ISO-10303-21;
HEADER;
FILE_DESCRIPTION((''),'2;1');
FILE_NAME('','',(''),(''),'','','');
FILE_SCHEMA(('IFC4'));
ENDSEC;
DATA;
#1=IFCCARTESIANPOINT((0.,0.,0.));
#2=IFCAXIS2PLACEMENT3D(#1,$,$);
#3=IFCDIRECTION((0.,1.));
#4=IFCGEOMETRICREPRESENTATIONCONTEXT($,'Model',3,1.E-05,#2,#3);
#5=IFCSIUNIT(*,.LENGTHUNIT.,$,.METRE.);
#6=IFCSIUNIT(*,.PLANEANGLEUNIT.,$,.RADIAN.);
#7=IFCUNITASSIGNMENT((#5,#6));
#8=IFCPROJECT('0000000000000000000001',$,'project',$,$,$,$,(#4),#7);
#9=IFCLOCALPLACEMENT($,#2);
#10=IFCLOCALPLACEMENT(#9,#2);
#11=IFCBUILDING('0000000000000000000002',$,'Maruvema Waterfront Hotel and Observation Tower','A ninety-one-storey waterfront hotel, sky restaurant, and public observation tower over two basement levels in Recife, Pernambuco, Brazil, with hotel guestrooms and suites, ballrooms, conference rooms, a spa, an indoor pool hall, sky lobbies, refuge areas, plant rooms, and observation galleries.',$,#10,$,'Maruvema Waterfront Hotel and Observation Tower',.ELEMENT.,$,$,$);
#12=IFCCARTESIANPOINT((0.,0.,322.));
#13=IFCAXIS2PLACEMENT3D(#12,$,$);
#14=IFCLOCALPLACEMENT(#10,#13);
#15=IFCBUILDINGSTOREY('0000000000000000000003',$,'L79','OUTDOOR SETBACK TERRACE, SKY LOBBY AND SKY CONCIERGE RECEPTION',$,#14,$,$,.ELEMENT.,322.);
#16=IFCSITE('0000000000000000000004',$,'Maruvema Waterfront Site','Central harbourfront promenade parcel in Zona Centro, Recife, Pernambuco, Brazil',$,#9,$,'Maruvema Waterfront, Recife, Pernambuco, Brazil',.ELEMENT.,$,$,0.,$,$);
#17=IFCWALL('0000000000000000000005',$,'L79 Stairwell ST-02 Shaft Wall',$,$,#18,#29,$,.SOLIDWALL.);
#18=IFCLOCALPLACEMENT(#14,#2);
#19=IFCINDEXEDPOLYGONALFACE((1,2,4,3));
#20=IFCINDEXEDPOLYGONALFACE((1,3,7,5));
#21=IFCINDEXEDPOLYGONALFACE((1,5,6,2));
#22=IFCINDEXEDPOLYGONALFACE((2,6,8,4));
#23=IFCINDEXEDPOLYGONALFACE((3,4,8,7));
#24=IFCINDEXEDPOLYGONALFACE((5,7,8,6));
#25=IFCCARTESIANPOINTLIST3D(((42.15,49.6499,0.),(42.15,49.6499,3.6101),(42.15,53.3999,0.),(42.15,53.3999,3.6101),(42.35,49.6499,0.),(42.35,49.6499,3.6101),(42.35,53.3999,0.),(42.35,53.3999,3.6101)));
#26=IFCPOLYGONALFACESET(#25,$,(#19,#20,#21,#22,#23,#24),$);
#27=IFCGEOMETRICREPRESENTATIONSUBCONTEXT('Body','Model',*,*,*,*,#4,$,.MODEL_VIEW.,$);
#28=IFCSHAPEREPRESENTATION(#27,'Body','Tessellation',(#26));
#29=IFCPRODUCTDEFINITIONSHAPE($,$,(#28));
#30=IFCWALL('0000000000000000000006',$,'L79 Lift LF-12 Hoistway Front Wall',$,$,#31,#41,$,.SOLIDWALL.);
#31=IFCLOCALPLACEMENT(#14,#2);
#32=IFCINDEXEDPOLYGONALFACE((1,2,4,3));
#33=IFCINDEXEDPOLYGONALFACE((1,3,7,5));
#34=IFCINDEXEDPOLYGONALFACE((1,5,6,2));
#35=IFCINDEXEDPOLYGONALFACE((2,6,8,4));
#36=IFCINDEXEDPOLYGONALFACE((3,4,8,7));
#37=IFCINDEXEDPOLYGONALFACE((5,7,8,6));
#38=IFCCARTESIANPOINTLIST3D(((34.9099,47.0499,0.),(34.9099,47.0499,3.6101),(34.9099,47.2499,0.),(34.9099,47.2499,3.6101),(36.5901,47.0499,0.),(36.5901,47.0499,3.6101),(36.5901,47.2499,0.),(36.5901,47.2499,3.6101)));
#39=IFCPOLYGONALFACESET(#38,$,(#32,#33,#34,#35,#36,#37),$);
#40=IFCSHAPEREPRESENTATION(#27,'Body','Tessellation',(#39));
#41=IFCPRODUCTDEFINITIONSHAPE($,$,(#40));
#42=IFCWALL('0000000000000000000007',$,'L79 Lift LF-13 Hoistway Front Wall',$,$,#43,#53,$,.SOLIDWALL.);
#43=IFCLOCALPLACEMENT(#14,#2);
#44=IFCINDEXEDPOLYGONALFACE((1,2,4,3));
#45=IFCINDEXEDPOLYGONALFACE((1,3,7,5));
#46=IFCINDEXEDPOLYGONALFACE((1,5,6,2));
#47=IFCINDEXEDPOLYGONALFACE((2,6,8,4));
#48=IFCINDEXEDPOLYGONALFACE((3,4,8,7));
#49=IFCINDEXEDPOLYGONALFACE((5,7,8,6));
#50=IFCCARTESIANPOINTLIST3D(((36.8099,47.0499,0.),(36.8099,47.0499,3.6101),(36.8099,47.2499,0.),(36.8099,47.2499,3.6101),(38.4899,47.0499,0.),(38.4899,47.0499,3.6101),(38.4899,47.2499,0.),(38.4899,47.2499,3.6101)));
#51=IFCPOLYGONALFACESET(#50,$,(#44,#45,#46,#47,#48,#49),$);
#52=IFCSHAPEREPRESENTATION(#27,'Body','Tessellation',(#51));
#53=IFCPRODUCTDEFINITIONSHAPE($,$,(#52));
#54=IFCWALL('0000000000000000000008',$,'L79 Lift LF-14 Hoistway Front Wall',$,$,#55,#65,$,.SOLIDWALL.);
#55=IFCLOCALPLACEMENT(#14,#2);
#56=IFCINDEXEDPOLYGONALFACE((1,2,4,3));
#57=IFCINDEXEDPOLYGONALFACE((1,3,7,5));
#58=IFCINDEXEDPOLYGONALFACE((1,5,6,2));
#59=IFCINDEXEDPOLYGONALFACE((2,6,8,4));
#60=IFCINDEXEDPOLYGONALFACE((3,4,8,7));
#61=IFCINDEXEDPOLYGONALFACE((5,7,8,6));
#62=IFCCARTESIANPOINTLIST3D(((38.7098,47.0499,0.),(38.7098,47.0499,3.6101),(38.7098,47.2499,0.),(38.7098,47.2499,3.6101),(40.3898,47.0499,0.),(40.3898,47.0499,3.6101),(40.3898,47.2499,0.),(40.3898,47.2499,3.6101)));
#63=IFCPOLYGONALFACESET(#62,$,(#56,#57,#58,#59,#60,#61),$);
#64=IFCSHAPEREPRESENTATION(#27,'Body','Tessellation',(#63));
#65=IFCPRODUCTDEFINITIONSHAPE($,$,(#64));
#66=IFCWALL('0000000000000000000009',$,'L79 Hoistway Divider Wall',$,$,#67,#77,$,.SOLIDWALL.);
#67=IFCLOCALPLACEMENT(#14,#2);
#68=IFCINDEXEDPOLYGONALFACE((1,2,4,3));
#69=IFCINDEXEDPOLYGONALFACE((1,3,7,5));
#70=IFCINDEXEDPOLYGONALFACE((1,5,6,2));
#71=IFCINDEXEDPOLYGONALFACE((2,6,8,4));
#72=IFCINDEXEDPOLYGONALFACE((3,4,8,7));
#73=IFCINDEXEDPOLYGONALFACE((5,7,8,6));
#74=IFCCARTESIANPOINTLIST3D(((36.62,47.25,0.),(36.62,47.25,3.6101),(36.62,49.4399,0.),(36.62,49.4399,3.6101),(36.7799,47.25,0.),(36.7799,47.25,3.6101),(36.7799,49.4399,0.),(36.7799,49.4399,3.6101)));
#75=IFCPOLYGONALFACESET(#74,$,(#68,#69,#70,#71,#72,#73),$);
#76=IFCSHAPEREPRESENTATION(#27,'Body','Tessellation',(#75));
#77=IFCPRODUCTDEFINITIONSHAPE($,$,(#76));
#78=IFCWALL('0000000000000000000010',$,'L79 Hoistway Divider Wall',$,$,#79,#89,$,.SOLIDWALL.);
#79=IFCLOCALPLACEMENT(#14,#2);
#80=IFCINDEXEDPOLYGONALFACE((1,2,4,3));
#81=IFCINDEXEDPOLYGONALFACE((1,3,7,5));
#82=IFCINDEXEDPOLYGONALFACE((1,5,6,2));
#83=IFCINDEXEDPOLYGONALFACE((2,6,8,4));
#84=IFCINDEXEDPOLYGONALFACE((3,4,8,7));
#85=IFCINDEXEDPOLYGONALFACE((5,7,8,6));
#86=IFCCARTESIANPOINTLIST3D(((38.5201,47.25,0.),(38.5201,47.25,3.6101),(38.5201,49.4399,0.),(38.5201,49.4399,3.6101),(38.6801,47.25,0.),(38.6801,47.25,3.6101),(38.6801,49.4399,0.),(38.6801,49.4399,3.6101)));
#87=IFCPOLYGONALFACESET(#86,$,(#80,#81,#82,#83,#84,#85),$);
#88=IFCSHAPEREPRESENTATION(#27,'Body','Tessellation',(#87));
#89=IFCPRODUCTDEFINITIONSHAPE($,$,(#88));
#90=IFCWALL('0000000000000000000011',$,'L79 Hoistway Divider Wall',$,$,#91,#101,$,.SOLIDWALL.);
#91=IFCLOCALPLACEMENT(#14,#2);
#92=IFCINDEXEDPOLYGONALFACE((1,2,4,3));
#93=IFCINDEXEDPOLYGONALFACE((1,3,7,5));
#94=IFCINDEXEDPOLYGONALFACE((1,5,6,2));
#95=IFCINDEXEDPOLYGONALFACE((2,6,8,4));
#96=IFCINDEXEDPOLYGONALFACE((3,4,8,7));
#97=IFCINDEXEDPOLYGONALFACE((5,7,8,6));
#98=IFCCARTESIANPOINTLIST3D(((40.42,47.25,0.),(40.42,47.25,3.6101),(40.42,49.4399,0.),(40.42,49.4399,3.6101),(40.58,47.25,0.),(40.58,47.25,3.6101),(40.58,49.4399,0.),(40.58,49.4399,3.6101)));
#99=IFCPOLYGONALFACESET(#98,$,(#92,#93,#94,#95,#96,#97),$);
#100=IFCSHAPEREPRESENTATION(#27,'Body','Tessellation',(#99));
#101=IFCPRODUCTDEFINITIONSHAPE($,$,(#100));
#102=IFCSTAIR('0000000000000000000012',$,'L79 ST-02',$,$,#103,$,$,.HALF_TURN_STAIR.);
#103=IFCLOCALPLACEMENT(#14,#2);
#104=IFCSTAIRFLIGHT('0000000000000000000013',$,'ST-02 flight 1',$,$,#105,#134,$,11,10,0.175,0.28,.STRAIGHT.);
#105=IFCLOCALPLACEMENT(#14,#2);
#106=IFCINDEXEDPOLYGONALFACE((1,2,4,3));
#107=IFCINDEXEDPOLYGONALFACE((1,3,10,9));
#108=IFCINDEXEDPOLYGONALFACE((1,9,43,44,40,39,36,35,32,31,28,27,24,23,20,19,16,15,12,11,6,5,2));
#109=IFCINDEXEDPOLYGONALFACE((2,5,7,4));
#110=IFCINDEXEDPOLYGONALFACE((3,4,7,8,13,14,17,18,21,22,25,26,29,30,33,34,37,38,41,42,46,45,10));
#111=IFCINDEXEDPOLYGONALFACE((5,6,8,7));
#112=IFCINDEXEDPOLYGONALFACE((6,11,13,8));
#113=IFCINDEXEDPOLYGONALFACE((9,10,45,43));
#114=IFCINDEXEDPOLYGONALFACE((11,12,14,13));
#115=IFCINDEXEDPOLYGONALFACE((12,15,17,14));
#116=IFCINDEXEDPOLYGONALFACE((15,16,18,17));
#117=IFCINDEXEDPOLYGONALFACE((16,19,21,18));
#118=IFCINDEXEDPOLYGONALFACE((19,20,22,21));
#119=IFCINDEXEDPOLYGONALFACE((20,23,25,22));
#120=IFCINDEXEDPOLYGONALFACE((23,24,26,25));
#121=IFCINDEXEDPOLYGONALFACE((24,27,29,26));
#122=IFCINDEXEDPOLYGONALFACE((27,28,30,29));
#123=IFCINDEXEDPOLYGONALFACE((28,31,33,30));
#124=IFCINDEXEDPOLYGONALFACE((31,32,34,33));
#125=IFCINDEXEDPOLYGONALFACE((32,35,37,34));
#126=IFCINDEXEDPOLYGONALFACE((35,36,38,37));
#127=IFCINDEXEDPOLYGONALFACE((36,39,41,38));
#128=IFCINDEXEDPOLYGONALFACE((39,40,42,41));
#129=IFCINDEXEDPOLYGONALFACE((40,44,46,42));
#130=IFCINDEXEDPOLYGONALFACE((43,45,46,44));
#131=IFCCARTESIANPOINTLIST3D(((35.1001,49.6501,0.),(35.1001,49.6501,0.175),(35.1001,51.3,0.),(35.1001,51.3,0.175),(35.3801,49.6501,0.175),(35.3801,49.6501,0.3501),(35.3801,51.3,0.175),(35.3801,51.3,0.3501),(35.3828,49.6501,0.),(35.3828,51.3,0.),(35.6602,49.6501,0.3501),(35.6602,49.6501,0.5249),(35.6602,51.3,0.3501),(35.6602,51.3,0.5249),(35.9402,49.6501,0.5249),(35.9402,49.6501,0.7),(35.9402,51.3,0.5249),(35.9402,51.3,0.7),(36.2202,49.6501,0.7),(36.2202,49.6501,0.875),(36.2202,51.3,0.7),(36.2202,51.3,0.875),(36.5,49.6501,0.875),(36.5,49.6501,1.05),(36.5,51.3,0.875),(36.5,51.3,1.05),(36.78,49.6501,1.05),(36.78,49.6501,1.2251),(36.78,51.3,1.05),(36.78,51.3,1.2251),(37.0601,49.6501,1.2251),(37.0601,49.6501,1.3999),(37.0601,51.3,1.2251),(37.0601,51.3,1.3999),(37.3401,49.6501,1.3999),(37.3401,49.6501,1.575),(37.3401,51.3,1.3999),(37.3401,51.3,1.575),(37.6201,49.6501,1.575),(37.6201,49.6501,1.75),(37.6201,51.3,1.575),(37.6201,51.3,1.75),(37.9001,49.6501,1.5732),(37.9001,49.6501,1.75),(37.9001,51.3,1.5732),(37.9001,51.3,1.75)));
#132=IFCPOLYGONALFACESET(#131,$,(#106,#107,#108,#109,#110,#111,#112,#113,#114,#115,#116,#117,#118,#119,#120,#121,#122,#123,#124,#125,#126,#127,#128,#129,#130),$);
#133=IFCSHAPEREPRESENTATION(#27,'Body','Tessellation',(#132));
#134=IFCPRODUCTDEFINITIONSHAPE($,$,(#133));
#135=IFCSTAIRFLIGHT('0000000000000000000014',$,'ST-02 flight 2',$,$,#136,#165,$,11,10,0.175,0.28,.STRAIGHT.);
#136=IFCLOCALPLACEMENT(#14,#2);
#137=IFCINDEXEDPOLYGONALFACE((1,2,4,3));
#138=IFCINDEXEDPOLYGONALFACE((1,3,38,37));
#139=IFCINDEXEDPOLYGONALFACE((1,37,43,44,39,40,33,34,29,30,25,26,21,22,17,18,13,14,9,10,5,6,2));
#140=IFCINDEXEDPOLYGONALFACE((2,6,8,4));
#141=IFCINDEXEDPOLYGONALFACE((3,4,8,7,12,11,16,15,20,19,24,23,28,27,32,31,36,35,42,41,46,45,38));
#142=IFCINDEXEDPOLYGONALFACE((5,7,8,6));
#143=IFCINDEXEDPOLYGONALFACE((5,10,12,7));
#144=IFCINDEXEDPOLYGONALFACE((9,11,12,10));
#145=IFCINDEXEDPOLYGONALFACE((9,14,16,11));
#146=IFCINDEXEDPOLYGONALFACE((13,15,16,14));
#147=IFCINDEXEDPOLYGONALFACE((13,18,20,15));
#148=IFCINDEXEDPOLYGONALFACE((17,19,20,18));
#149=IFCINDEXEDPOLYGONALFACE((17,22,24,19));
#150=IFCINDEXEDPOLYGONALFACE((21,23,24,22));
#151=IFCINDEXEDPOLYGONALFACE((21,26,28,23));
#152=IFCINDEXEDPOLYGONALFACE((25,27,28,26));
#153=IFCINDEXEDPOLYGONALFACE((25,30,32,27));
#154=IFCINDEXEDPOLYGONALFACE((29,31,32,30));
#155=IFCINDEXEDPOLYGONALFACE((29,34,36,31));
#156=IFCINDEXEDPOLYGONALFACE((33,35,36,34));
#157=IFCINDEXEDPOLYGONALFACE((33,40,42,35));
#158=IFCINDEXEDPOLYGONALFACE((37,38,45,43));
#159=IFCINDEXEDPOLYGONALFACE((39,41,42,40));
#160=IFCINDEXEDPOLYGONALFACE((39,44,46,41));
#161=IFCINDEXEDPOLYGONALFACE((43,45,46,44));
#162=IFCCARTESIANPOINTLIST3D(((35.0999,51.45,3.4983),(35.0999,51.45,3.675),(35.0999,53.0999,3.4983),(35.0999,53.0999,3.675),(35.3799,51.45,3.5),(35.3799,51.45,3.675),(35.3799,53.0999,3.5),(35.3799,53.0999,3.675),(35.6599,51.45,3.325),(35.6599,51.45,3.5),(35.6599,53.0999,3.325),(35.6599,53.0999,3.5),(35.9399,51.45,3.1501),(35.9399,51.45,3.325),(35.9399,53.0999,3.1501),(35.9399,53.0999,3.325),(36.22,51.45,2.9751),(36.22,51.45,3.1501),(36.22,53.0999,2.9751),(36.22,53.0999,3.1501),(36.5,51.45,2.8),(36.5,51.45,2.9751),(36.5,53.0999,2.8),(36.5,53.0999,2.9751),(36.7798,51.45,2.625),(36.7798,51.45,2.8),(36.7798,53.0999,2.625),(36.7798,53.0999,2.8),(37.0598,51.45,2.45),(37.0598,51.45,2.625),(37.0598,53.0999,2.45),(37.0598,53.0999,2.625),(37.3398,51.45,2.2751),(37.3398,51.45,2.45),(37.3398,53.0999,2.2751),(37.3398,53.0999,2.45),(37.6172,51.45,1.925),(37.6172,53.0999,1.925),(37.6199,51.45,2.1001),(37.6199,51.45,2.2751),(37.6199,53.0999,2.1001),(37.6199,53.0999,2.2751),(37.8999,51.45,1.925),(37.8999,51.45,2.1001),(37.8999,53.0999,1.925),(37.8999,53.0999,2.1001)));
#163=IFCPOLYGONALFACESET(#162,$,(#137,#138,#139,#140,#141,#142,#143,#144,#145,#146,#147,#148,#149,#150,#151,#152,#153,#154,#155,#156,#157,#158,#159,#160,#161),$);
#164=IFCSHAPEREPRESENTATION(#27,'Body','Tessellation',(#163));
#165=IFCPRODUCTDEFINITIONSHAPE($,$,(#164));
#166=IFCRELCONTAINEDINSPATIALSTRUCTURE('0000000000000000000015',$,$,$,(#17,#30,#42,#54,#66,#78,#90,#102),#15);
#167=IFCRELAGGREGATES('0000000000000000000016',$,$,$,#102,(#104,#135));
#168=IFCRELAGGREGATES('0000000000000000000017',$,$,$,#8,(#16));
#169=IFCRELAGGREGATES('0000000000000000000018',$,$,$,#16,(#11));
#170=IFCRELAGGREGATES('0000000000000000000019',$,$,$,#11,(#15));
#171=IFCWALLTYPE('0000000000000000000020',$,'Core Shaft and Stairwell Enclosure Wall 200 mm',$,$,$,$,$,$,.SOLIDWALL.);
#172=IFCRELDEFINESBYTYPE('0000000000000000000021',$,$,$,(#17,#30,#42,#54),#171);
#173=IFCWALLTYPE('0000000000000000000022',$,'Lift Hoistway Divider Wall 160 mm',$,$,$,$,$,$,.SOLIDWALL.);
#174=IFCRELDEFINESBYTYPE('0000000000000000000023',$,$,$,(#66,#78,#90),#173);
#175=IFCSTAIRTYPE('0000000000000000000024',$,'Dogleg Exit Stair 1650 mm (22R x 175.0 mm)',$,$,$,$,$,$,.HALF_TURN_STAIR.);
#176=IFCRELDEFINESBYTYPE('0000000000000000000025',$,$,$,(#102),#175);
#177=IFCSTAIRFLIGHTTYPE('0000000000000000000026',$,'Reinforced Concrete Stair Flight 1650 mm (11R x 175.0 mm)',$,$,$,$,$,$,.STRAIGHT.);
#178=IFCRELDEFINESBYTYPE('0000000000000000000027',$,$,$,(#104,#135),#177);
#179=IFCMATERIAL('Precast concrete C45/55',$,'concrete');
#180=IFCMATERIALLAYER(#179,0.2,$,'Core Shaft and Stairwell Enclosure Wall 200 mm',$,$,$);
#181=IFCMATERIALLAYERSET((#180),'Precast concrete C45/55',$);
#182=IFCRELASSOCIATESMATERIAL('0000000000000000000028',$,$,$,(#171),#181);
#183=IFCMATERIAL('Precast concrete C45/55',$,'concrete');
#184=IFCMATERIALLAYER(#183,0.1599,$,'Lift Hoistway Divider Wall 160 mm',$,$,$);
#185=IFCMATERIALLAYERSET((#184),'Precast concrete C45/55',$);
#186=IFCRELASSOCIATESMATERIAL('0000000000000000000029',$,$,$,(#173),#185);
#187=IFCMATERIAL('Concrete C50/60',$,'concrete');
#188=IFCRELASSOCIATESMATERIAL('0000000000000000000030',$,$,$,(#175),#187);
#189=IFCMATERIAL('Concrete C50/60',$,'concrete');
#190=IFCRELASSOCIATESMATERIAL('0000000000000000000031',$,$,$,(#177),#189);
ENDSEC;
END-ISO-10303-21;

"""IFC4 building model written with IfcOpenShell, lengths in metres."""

from ifc_helpers import new_model, si_unit, direction, frame, frame_2d, origin, place, context, subcontext, project, spatial, polyline, rectangle, outline, extrude, material, layer, layer_set, type_object, element, aggregate, save


model = new_model("IFC4")

# Units and contexts
model_context = context("Model", 3, precision=1e-05, world=origin(), true_north=direction((0.0, 1.0)))
body_context = subcontext(model_context, "Body", "Model", "MODEL_VIEW")
ifc_project = project(units=[si_unit("LENGTHUNIT", "METRE"), si_unit("PLANEANGLEUNIT", "RADIAN")], contexts=[model_context])

# Site, building, storey
site_placement = place(None, origin())
site = spatial("IfcSite", under=ifc_project, at=site_placement, Name="Maruvema Waterfront Site", Description="Central harbourfront promenade parcel in Zona Centro, Recife, Pernambuco, Brazil", LongName="Maruvema Waterfront, Recife, Pernambuco, Brazil", CompositionType="ELEMENT", RefElevation=0.0)
building_placement = place(site_placement, origin())
building = spatial("IfcBuilding", under=site, at=building_placement, Name="Maruvema Waterfront Hotel and Observation Tower", Description="A ninety-one-storey waterfront hotel, sky restaurant, and public observation tower over two basement levels in Recife, Pernambuco, Brazil, with hotel guestrooms and suites, ballrooms, conference rooms, a spa, an indoor pool hall, sky lobbies, refuge areas, plant rooms, and observation galleries.", LongName="Maruvema Waterfront Hotel and Observation Tower", CompositionType="ELEMENT")
storey_placement = place(building_placement, frame((0.0, 0.0, 322.0)))
storey = spatial("IfcBuildingStorey", under=building, at=storey_placement, Name="L79", Description="OUTDOOR SETBACK TERRACE, SKY LOBBY AND SKY CONCIERGE RECEPTION", CompositionType="ELEMENT", Elevation=322.0)

# Walls
ifc_material_1 = material(Name="Precast concrete C45/55", Category="concrete")
ifc_layer_1 = layer(ifc_material_1, 0.2, Name="Core Shaft and Stairwell Enclosure Wall 200 mm")
ifc_layer_set_1 = layer_set([ifc_layer_1], Name="Precast concrete C45/55")
wall_type_1 = type_object("IfcWallType", Name="Core Shaft and Stairwell Enclosure Wall 200 mm", PredefinedType="SOLIDWALL", material=ifc_layer_set_1)
wall_1_placement = place(storey_placement, frame((42.25, 49.6499, 0.0), z_axis=(0.0, 0.0, 1.0), x_axis=(0.0, 1.0, 0.0)))
element("IfcWall", 1, at=wall_1_placement, inside=storey, type_object=wall_type_1, Name="L79 Stairwell ST-02 Shaft Wall", PredefinedType="SOLIDWALL", context=body_context, shape_type="SweptSolid", body=[
    extrude(rectangle(XDim=3.75, YDim=0.2, at=frame_2d((1.875, 0.0))), origin(), (0.0, 0.0, 1.0), 3.6101),
])
wall_2_placement = place(storey_placement, frame((34.9099, 47.1499, 0.0), z_axis=(0.0, 0.0, 1.0), x_axis=(1.0, 0.0, 0.0)))
element("IfcWall", 2, at=wall_2_placement, inside=storey, type_object=wall_type_1, Name="L79 Lift LF-12 Hoistway Front Wall", PredefinedType="SOLIDWALL", context=body_context, shape_type="SweptSolid", body=[
    extrude(rectangle(XDim=1.6802, YDim=0.2, at=frame_2d((0.8401, 0.0))), origin(), (0.0, 0.0, 1.0), 3.6101),
])
for number, where, z_axis, x_axis, name in (
    (3, (36.8101, 47.1499, 0.0), (0.0, 0.0, 1.0), (1.0, 0.0, 0.0), "L79 Lift LF-13 Hoistway Front Wall"),
    (4, (38.71, 47.1499, 0.0), (0.0, 0.0, 1.0), (1.0, 0.0, 0.0), "L79 Lift LF-14 Hoistway Front Wall"),
):
    element("IfcWall", number, at=place(storey_placement, frame(where, z_axis=z_axis, x_axis=x_axis)), inside=storey, type_object=wall_type_1, Name=name, PredefinedType="SOLIDWALL", context=body_context, shape_type="SweptSolid", body=[
        extrude(rectangle(XDim=1.6799, YDim=0.2, at=frame_2d((0.8398, 0.0))), origin(), (0.0, 0.0, 1.0), 3.6101),
    ])
ifc_material_2 = material(Name="Precast concrete C45/55", Category="concrete")
ifc_layer_2 = layer(ifc_material_2, 0.1599, Name="Lift Hoistway Divider Wall 160 mm")
ifc_layer_set_2 = layer_set([ifc_layer_2], Name="Precast concrete C45/55")
wall_type_2 = type_object("IfcWallType", Name="Lift Hoistway Divider Wall 160 mm", PredefinedType="SOLIDWALL", material=ifc_layer_set_2)
for number, where, z_axis, x_axis, name in (
    (5, (36.7, 47.25, 0.0), (0.0, 0.0, 1.0), (0.0, 1.0, 0.0), "L79 Hoistway Divider Wall"),
    (6, (38.6001, 47.25, 0.0), (0.0, 0.0, 1.0), (0.0, 1.0, 0.0), "L79 Hoistway Divider Wall"),
    (7, (40.5, 47.25, 0.0), (0.0, 0.0, 1.0), (0.0, 1.0, 0.0), "L79 Hoistway Divider Wall"),
):
    element("IfcWall", number, at=place(storey_placement, frame(where, z_axis=z_axis, x_axis=x_axis)), inside=storey, type_object=wall_type_2, Name=name, PredefinedType="SOLIDWALL", context=body_context, shape_type="SweptSolid", body=[
        extrude(rectangle(XDim=2.1899, YDim=0.1599, at=frame_2d((1.095, 0.0))), origin(), (0.0, 0.0, 1.0), 3.6101),
    ])

# Stair, stair flights
ifc_material_3 = material(Name="Concrete C50/60", Category="concrete")
stair_type = type_object("IfcStairType", Name="Dogleg Exit Stair 1650 mm (22R x 175.0 mm)", PredefinedType="HALF_TURN_STAIR", material=ifc_material_3)
stair_placement = place(storey_placement, origin())
stair = element("IfcStair", 8, at=stair_placement, inside=storey, type_object=stair_type, Name="L79 ST-02", PredefinedType="HALF_TURN_STAIR")
ifc_material_4 = material(Name="Concrete C50/60", Category="concrete")
stair_flight_type = type_object("IfcStairFlightType", Name="Reinforced Concrete Stair Flight 1650 mm (11R x 175.0 mm)", PredefinedType="STRAIGHT", material=ifc_material_4)
stair_flight_1_placement = place(storey_placement, frame((35.1001, 50.4751, 0.0), z_axis=(0.0, 0.0, 1.0), x_axis=(1.0, 0.0, 0.0)))
stair_flight_1 = element("IfcStairFlight", 9, at=stair_flight_1_placement, type_object=stair_flight_type, Name="ST-02 flight 1", NumberOfRisers=11, NumberOfTreads=10, PredefinedType="STRAIGHT", RiserHeight=0.175, TreadLength=0.28, context=body_context, shape_type="SweptSolid", body=[
    extrude(outline(polyline([(0.0, 0.0), (0.0, 0.175), (0.28, 0.175), (0.28, 0.3501), (0.5601, 0.3501), (0.5601, 0.5249), (0.8401, 0.5249), (0.8401, 0.7), (1.1201, 0.7), (1.1201, 0.875), (1.3999, 0.875), (1.3999, 1.05), (1.6799, 1.05), (1.6799, 1.2251), (1.96, 1.2251), (1.96, 1.3999), (2.24, 1.3999), (2.24, 1.575), (2.52, 1.575), (2.52, 1.75), (2.8, 1.75), (2.8, 1.925), (2.8, 1.5732), (0.2827, 0.0), (0.0, 0.0)])), frame((0.0, 0.825, 0.0), z_axis=(0.0, -1.0, 0.0), x_axis=(1.0, 0.0, 0.0)), (0.0, 0.0, 1.0), 1.6499),
])
stair_flight_2_placement = place(storey_placement, frame((37.8999, 52.2749, 1.925), z_axis=(0.0, 0.0, 1.0), x_axis=(-1.0, 0.0, 0.0)))
stair_flight_2 = element("IfcStairFlight", 10, at=stair_flight_2_placement, type_object=stair_flight_type, Name="ST-02 flight 2", NumberOfRisers=11, NumberOfTreads=10, PredefinedType="STRAIGHT", RiserHeight=0.175, TreadLength=0.28, context=body_context, shape_type="SweptSolid", body=[
    extrude(outline(polyline([(0.0, 0.0), (0.0, 0.175), (0.28, 0.175), (0.28, 0.3501), (0.5601, 0.3501), (0.5601, 0.5249), (0.8401, 0.5249), (0.8401, 0.7), (1.1201, 0.7), (1.1201, 0.875), (1.3999, 0.875), (1.3999, 1.05), (1.6799, 1.05), (1.6799, 1.2251), (1.96, 1.2251), (1.96, 1.3999), (2.24, 1.3999), (2.24, 1.575), (2.52, 1.575), (2.52, 1.75), (2.8, 1.75), (2.8, 1.925), (2.8, 1.5732), (0.2827, 0.0), (0.0, 0.0)])), frame((0.0, 0.825, 0.0), z_axis=(0.0, -1.0, 0.0), x_axis=(1.0, 0.0, 0.0)), (0.0, 0.0, 1.0), 1.6499),
])
aggregate(stair, [stair_flight_1, stair_flight_2])

save(model, "model.ifc")
